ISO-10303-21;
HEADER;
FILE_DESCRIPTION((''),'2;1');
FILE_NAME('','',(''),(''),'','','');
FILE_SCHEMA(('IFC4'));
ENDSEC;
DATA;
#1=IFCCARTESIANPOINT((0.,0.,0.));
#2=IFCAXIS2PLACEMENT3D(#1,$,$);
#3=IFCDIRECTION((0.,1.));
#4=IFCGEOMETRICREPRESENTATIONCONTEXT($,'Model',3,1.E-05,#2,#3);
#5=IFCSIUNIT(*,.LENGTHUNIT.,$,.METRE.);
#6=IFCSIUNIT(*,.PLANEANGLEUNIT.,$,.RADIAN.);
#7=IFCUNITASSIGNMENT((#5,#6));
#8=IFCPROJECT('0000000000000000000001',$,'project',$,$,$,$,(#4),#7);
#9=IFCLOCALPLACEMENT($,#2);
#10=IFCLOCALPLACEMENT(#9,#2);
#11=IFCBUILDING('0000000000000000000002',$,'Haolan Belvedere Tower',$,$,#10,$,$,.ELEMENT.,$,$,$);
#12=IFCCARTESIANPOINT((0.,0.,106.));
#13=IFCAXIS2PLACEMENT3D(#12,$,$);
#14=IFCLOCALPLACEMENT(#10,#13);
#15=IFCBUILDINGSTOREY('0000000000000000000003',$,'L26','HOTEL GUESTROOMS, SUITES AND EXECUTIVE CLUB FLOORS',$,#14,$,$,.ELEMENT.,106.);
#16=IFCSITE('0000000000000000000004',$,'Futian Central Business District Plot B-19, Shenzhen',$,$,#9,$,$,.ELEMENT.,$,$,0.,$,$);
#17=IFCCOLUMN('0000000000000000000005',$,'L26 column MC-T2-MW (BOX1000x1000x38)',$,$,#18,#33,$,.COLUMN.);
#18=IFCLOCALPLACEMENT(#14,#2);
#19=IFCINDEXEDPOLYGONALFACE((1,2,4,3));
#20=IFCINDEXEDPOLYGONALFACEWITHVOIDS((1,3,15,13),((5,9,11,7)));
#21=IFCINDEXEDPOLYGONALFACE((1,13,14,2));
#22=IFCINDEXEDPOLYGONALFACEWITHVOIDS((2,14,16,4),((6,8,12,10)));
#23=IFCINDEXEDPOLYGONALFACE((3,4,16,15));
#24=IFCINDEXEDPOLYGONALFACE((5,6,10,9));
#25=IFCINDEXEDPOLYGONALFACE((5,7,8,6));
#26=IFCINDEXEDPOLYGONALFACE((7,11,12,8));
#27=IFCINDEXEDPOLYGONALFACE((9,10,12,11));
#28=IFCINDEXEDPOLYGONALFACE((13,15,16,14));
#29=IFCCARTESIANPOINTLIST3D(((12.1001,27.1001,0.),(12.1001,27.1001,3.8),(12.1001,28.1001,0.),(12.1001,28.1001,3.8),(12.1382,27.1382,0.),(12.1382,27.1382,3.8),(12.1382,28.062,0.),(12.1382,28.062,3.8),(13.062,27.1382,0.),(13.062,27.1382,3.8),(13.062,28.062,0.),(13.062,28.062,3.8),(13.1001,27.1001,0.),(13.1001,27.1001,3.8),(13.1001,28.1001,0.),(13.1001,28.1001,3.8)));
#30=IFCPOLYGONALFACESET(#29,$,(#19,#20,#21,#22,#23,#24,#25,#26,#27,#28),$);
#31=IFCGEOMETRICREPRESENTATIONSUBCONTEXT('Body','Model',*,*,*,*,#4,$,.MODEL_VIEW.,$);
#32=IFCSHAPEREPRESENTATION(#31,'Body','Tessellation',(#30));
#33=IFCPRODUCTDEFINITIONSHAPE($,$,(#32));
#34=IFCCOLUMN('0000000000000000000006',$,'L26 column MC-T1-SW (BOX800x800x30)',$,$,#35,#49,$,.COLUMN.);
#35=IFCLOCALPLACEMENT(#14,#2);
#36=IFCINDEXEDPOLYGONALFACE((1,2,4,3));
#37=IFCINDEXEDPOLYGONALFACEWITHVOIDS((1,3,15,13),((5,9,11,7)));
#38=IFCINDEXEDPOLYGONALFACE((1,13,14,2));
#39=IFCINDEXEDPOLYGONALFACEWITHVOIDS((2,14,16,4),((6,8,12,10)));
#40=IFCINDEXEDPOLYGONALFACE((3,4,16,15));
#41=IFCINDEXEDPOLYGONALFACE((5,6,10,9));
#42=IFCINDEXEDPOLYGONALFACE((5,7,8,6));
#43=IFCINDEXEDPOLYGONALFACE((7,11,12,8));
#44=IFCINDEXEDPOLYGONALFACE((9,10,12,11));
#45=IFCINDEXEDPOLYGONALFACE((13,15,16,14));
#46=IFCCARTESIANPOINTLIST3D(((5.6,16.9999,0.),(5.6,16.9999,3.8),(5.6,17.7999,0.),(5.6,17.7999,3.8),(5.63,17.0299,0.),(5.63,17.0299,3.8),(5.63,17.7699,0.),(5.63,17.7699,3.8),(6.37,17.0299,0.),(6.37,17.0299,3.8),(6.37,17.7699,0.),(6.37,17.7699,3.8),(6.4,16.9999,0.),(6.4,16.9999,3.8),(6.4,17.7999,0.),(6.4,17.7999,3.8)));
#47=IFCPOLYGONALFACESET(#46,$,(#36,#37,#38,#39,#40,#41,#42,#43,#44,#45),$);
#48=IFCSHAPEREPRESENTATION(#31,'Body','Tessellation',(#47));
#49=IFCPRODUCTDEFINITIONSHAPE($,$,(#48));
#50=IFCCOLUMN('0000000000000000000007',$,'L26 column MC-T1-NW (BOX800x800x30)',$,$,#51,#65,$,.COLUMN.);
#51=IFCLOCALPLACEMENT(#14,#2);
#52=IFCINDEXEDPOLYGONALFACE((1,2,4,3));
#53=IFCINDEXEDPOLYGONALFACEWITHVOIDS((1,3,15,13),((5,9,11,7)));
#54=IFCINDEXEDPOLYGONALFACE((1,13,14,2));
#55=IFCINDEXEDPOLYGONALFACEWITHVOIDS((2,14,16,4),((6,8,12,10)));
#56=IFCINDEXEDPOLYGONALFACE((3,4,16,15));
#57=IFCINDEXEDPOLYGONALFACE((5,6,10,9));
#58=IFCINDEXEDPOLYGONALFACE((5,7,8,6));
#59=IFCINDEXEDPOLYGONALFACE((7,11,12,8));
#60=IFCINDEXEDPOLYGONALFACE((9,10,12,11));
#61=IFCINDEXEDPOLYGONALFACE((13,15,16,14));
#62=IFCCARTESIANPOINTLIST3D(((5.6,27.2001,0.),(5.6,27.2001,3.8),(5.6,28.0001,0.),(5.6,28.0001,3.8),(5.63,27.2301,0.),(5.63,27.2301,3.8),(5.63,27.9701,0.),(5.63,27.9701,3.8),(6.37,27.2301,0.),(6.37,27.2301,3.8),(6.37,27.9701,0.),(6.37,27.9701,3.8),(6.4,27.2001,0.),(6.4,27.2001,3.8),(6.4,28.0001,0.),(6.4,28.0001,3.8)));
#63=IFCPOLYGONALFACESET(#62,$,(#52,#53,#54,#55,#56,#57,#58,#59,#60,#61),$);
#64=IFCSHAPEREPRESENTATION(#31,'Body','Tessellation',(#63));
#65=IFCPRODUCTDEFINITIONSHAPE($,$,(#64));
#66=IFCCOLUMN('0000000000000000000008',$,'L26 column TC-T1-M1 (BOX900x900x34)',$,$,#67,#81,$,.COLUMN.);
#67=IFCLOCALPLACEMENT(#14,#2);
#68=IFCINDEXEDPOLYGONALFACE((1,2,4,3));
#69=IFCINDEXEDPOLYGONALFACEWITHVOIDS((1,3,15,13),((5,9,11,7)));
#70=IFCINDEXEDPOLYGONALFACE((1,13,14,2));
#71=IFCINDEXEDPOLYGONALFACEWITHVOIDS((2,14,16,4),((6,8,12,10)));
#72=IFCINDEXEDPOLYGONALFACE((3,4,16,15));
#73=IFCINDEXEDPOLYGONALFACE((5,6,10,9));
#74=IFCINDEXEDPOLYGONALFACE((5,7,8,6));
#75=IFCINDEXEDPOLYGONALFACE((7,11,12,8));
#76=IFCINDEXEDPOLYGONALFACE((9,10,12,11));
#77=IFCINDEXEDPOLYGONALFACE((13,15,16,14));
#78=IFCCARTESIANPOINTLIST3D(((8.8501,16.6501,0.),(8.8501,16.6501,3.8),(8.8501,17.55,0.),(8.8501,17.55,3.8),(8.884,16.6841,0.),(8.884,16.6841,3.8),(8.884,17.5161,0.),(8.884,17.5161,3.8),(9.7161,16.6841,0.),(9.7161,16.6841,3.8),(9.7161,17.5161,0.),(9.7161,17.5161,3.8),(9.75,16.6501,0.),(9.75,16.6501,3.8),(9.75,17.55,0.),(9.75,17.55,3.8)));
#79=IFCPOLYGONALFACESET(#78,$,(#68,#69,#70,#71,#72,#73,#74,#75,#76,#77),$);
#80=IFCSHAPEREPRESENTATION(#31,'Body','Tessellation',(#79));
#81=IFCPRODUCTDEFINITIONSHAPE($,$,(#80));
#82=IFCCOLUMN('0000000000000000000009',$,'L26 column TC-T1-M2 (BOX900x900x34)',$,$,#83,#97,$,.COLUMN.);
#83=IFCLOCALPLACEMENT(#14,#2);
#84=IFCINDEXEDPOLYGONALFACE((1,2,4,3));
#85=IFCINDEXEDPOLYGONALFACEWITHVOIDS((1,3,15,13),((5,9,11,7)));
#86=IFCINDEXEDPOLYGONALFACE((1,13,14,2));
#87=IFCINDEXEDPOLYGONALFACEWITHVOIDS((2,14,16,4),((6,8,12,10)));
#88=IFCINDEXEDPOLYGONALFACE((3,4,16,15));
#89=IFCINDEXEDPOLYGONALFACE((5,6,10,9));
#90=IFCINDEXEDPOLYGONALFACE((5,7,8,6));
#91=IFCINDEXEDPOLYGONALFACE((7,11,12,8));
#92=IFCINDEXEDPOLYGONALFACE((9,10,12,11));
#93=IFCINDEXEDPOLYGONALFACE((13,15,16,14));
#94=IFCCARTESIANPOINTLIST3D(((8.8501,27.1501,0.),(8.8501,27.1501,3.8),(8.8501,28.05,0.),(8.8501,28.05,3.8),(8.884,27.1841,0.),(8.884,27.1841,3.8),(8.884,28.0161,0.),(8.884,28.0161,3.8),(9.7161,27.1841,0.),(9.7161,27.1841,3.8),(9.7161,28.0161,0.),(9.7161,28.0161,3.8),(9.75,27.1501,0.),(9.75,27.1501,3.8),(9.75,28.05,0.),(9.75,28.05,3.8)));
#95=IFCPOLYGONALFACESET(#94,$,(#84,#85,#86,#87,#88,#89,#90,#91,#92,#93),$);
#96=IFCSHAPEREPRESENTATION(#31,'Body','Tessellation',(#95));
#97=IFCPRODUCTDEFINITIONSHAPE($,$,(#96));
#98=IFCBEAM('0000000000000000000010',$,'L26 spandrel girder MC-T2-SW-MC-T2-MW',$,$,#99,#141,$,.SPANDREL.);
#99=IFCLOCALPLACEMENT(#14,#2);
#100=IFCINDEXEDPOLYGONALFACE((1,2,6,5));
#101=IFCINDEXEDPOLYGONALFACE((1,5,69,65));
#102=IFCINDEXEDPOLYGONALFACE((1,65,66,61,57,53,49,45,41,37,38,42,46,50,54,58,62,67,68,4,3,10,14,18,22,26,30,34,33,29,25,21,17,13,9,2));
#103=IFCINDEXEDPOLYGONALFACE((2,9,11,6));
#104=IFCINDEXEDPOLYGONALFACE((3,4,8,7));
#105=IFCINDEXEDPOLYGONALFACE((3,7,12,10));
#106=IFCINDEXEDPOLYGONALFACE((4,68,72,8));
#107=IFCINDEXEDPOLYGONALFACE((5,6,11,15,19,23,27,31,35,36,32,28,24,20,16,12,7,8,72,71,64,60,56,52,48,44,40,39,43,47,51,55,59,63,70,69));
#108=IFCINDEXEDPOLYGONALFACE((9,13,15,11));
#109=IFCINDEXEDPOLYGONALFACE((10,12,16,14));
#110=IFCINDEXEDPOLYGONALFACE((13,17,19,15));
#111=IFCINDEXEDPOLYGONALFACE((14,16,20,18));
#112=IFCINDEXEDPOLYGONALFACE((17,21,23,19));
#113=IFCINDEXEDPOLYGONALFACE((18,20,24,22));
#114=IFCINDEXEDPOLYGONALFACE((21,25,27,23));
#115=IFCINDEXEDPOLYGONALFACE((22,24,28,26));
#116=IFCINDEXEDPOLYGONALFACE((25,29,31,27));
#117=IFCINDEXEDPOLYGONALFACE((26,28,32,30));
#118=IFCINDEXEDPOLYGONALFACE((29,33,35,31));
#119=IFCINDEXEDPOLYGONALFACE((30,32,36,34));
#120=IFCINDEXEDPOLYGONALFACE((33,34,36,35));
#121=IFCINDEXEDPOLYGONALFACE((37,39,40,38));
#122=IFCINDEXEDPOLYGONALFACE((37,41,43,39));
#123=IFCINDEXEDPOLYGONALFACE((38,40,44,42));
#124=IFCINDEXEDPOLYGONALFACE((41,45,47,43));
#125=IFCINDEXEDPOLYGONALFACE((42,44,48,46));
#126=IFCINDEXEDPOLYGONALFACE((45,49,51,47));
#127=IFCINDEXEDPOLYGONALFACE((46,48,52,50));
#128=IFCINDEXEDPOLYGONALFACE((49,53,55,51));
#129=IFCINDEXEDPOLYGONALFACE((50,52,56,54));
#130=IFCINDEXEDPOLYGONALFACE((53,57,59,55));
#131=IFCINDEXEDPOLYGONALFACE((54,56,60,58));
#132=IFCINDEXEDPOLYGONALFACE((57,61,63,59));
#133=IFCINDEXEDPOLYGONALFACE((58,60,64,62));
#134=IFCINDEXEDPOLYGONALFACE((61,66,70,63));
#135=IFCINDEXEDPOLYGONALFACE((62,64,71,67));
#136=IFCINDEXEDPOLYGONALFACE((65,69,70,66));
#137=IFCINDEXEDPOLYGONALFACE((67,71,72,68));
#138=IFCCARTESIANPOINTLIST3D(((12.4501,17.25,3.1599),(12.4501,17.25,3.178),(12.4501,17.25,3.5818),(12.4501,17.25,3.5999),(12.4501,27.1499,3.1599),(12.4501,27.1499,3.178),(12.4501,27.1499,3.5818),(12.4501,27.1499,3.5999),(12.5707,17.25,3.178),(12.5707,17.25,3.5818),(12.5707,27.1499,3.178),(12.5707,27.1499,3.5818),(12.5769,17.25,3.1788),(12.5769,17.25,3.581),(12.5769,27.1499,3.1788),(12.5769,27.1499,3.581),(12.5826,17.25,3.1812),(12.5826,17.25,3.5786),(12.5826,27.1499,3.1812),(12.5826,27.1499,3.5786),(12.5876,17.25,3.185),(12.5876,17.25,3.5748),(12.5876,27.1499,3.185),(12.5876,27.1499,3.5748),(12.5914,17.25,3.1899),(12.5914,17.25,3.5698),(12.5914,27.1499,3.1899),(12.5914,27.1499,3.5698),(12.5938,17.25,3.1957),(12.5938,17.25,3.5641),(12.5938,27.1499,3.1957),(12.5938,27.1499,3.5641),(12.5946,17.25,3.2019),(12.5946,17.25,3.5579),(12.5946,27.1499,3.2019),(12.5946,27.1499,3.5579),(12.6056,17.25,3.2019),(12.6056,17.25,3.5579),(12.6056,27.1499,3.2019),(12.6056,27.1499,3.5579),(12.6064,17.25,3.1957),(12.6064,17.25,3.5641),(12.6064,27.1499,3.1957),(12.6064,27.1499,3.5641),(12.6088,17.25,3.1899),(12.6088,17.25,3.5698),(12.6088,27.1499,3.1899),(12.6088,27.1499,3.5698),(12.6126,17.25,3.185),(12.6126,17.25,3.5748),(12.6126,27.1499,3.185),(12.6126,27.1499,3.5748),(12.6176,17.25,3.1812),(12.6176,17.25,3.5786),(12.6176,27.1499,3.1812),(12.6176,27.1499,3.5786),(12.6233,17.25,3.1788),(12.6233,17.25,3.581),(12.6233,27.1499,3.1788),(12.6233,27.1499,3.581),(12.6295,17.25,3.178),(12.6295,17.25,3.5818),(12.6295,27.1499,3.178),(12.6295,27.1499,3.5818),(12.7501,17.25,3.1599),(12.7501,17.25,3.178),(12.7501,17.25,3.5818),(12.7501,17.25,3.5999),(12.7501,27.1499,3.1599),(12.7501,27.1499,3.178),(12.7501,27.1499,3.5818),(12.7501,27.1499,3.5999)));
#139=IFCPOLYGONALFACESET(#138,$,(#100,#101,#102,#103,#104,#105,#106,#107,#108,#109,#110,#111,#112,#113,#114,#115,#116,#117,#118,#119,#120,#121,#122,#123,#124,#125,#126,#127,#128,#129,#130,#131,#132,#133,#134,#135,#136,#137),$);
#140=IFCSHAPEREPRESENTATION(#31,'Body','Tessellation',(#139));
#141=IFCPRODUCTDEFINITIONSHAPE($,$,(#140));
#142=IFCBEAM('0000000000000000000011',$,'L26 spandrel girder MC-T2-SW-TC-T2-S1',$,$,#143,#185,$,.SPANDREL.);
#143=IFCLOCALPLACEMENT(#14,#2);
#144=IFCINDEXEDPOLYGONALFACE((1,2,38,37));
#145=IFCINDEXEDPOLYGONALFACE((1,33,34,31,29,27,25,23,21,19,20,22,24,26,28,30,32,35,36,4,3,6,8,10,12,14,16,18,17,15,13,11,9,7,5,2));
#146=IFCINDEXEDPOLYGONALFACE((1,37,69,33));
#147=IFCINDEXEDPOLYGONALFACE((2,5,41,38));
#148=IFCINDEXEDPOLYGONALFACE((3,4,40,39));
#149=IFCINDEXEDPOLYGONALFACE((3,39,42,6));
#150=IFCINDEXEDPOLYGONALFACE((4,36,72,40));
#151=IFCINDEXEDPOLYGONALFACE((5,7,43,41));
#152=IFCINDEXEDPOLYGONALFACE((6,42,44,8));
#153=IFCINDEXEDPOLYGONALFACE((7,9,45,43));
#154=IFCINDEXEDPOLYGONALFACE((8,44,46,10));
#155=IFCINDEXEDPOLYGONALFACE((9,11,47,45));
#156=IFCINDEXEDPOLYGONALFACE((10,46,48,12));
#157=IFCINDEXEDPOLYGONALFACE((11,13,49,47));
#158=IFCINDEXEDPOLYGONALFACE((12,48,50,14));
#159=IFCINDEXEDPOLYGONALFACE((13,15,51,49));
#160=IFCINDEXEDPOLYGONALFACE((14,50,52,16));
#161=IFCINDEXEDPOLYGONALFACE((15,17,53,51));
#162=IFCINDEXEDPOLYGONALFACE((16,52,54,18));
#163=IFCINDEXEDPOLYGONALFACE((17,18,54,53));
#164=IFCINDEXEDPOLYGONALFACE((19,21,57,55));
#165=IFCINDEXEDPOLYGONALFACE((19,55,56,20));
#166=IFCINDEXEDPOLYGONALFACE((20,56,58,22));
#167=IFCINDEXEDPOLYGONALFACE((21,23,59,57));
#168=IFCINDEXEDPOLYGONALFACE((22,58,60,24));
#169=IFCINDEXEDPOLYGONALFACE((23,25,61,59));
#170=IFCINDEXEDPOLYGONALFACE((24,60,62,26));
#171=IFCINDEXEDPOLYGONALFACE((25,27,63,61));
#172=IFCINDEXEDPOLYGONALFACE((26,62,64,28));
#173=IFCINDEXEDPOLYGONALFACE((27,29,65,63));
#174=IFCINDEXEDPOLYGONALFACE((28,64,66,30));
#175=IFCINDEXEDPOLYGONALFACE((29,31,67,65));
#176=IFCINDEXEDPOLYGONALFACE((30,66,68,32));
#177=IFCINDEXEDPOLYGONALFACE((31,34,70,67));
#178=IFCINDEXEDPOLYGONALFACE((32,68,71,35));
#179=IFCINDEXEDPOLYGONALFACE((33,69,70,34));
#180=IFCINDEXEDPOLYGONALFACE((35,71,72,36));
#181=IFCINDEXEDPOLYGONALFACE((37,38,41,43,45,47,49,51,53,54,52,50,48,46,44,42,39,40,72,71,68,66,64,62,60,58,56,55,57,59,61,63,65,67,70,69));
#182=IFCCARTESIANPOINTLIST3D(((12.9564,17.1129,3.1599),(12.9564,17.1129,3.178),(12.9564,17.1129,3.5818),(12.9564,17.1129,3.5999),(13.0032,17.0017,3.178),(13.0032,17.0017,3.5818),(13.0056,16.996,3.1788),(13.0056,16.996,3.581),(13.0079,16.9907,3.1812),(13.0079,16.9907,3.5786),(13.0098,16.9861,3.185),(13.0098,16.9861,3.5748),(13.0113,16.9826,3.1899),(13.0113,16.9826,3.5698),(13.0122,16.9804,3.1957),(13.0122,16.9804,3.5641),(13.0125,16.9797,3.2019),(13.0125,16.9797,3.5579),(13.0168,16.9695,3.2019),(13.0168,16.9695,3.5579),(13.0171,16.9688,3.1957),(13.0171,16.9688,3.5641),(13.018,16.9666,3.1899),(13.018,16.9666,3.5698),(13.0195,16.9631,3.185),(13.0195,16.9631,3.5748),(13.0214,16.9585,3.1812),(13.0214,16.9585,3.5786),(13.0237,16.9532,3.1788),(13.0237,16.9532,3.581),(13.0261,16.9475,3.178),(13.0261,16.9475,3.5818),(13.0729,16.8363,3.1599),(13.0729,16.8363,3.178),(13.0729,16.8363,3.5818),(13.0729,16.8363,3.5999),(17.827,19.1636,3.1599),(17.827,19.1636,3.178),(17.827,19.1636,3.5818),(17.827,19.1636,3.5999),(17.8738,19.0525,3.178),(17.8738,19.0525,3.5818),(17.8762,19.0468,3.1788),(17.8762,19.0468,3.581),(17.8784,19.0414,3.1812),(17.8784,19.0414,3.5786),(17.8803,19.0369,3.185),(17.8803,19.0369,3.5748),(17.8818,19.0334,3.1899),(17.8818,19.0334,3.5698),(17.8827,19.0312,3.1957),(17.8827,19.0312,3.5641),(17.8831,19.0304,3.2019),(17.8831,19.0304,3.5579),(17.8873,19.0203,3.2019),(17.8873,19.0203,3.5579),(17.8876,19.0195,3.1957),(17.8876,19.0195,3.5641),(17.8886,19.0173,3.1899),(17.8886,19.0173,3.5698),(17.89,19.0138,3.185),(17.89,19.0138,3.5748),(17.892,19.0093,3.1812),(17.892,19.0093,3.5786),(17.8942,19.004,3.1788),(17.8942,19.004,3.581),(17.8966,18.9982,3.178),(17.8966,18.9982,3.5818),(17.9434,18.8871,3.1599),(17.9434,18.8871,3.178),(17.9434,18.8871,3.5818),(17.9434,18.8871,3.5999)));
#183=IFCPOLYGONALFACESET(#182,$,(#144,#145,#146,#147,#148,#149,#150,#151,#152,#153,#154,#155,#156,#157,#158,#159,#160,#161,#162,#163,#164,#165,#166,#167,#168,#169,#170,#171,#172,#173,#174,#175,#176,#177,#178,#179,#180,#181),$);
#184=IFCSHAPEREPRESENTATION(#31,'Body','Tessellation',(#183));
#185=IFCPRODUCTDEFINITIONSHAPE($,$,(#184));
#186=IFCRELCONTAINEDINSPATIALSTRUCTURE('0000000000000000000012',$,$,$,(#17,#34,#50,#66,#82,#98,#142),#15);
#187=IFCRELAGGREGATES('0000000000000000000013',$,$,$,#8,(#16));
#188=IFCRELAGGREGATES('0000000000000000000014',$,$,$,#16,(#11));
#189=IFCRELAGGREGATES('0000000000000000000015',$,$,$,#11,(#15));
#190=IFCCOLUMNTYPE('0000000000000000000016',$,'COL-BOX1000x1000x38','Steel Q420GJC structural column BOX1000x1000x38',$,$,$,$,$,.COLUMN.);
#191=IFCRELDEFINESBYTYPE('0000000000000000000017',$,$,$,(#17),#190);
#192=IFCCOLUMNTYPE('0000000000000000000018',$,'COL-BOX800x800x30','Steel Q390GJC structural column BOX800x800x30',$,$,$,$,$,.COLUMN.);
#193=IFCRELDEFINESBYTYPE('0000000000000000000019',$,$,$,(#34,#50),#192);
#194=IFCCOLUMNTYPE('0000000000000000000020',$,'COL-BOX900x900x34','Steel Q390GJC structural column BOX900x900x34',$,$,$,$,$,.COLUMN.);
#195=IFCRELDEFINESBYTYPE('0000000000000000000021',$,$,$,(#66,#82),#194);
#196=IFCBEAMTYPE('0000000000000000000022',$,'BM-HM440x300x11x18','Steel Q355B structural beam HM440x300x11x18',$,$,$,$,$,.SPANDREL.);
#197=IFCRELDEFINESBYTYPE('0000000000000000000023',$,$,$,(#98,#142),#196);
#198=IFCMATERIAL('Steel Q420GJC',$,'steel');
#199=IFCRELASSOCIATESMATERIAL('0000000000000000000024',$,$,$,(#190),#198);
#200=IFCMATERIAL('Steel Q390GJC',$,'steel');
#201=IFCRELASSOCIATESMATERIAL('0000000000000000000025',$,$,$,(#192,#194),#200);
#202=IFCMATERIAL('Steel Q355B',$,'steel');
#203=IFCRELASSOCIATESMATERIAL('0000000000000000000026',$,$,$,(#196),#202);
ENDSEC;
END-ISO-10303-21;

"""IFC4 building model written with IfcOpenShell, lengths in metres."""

from ifc_helpers import new_model, si_unit, direction, frame, origin, origin_2d, place, context, subcontext, project, spatial, hollow_rectangle, i_section, extrude, material, material_profile, profile_set, type_object, element, save


model = new_model("IFC4")

# Units and contexts
model_context = context("Model", 3, precision=1e-05, world=origin(), true_north=direction((0.0, 1.0)))
body_context = subcontext(model_context, "Body", "Model", "MODEL_VIEW")
ifc_project = project(units=[si_unit("LENGTHUNIT", "METRE"), si_unit("PLANEANGLEUNIT", "RADIAN")], contexts=[model_context])

# Site, building, storey
site_placement = place(None, origin())
site = spatial("IfcSite", under=ifc_project, at=site_placement, Name="Futian Central Business District Plot B-19, Shenzhen", CompositionType="ELEMENT", RefElevation=0.0)
building_placement = place(site_placement, origin())
building = spatial("IfcBuilding", under=site, at=building_placement, Name="Haolan Belvedere Tower", CompositionType="ELEMENT")
storey_placement = place(building_placement, frame((0.0, 0.0, 106.0)))
storey = spatial("IfcBuildingStorey", under=building, at=storey_placement, Name="L26", Description="HOTEL GUESTROOMS, SUITES AND EXECUTIVE CLUB FLOORS", CompositionType="ELEMENT", Elevation=106.0)

# Columns
ifc_material_1 = material(Name="Steel Q420GJC", Category="steel")
ifc_material_profile_1 = material_profile(ifc_material_1, hollow_rectangle(XDim=1.0, YDim=1.0, WallThickness=0.0381, at=origin_2d()), Name="Steel Q420GJC")
ifc_profile_set_1 = profile_set([ifc_material_profile_1], Name="Steel Q420GJC")
column_type_1 = type_object("IfcColumnType", Name="COL-BOX1000x1000x38", Description="Steel Q420GJC structural column BOX1000x1000x38", PredefinedType="COLUMN", material=ifc_profile_set_1)
column_placement = place(storey_placement, frame((12.6001, 27.6001, 0.0), z_axis=(0.0, 0.0, 1.0), x_axis=(1.0, 0.0, 0.0)))
element("IfcColumn", 1, at=column_placement, inside=storey, type_object=column_type_1, Name="L26 column MC-T2-MW (BOX1000x1000x38)", PredefinedType="COLUMN", context=body_context, shape_type="SweptSolid", body=[
    extrude(hollow_rectangle(XDim=1.0, YDim=1.0, WallThickness=0.0381, at=origin_2d()), origin(), (0.0, 0.0, 1.0), 3.8),
])
ifc_material_2 = material(Name="Steel Q390GJC", Category="steel")
ifc_material_profile_2 = material_profile(ifc_material_2, hollow_rectangle(XDim=0.8, YDim=0.8, WallThickness=0.03, at=origin_2d()), Name="Steel Q390GJC")
ifc_profile_set_2 = profile_set([ifc_material_profile_2], Name="Steel Q390GJC")
column_type_2 = type_object("IfcColumnType", Name="COL-BOX800x800x30", Description="Steel Q390GJC structural column BOX800x800x30", PredefinedType="COLUMN", material=ifc_profile_set_2)
for number, where, z_axis, x_axis, name in (
    (2, (6.0, 17.3999, 0.0), (0.0, 0.0, 1.0), (1.0, 0.0, 0.0), "L26 column MC-T1-SW (BOX800x800x30)"),
    (3, (6.0, 27.6001, 0.0), (0.0, 0.0, 1.0), (1.0, 0.0, 0.0), "L26 column MC-T1-NW (BOX800x800x30)"),
):
    element("IfcColumn", number, at=place(storey_placement, frame(where, z_axis=z_axis, x_axis=x_axis)), inside=storey, type_object=column_type_2, Name=name, PredefinedType="COLUMN", context=body_context, shape_type="SweptSolid", body=[
        extrude(hollow_rectangle(XDim=0.8, YDim=0.8, WallThickness=0.03, at=origin_2d()), origin(), (0.0, 0.0, 1.0), 3.8),
    ])
ifc_material_profile_3 = material_profile(ifc_material_2, hollow_rectangle(XDim=0.8999, YDim=0.8999, WallThickness=0.0339, at=origin_2d()), Name="Steel Q390GJC")
ifc_profile_set_3 = profile_set([ifc_material_profile_3], Name="Steel Q390GJC")
column_type_3 = type_object("IfcColumnType", Name="COL-BOX900x900x34", Description="Steel Q390GJC structural column BOX900x900x34", PredefinedType="COLUMN", material=ifc_profile_set_3)
for number, where, z_axis, x_axis, name in (
    (4, (9.3, 17.1001, 0.0), (0.0, 0.0, 1.0), (1.0, 0.0, 0.0), "L26 column TC-T1-M1 (BOX900x900x34)"),
    (5, (9.3, 27.6001, 0.0), (0.0, 0.0, 1.0), (1.0, 0.0, 0.0), "L26 column TC-T1-M2 (BOX900x900x34)"),
):
    element("IfcColumn", number, at=place(storey_placement, frame(where, z_axis=z_axis, x_axis=x_axis)), inside=storey, type_object=column_type_3, Name=name, PredefinedType="COLUMN", context=body_context, shape_type="SweptSolid", body=[
        extrude(hollow_rectangle(XDim=0.8999, YDim=0.8999, WallThickness=0.0339, at=origin_2d()), origin(), (0.0, 0.0, 1.0), 3.8),
    ])

# Beams
ifc_material_3 = material(Name="Steel Q355B", Category="steel")
ifc_material_profile_4 = material_profile(ifc_material_3, i_section(OverallWidth=0.3, OverallDepth=0.4399, WebThickness=0.011, FlangeThickness=0.0181, FilletRadius=0.0239, at=origin_2d()), Name="Steel Q355B")
ifc_profile_set_4 = profile_set([ifc_material_profile_4], Name="Steel Q355B")
beam_type_1 = type_object("IfcBeamType", Name="BM-HM440x300x11x18", Description="Steel Q355B structural beam HM440x300x11x18", PredefinedType="SPANDREL", material=ifc_profile_set_4)
beam_1_placement = place(storey_placement, frame((12.6001, 17.25, 3.3799), z_axis=(0.0, 1.0, 0.0), x_axis=(-1.0, 0.0, 0.0)))
element("IfcBeam", 6, at=beam_1_placement, inside=storey, type_object=beam_type_1, Name="L26 spandrel girder MC-T2-SW-MC-T2-MW", PredefinedType="SPANDREL", context=body_context, shape_type="SweptSolid", body=[
    extrude(i_section(OverallWidth=0.3, OverallDepth=0.4399, WebThickness=0.011, FlangeThickness=0.0181, FilletRadius=0.0239, at=origin_2d()), origin(), (0.0, 0.0, 1.0), 9.8999),
])
beam_2_placement = place(storey_placement, frame((13.0146, 16.9746, 3.3799), z_axis=(0.921635, 0.388057, 0.0), x_axis=(-0.388057, 0.921635, 0.0)))
element("IfcBeam", 7, at=beam_2_placement, inside=storey, type_object=beam_type_1, Name="L26 spandrel girder MC-T2-SW-TC-T2-S1", PredefinedType="SPANDREL", context=body_context, shape_type="SweptSolid", body=[
    extrude(i_section(OverallWidth=0.3, OverallDepth=0.4399, WebThickness=0.011, FlangeThickness=0.0181, FilletRadius=0.0239, at=origin_2d()), origin(), (0.0, 0.0, 1.0), 5.2847),
])

save(model, "model.ifc")
